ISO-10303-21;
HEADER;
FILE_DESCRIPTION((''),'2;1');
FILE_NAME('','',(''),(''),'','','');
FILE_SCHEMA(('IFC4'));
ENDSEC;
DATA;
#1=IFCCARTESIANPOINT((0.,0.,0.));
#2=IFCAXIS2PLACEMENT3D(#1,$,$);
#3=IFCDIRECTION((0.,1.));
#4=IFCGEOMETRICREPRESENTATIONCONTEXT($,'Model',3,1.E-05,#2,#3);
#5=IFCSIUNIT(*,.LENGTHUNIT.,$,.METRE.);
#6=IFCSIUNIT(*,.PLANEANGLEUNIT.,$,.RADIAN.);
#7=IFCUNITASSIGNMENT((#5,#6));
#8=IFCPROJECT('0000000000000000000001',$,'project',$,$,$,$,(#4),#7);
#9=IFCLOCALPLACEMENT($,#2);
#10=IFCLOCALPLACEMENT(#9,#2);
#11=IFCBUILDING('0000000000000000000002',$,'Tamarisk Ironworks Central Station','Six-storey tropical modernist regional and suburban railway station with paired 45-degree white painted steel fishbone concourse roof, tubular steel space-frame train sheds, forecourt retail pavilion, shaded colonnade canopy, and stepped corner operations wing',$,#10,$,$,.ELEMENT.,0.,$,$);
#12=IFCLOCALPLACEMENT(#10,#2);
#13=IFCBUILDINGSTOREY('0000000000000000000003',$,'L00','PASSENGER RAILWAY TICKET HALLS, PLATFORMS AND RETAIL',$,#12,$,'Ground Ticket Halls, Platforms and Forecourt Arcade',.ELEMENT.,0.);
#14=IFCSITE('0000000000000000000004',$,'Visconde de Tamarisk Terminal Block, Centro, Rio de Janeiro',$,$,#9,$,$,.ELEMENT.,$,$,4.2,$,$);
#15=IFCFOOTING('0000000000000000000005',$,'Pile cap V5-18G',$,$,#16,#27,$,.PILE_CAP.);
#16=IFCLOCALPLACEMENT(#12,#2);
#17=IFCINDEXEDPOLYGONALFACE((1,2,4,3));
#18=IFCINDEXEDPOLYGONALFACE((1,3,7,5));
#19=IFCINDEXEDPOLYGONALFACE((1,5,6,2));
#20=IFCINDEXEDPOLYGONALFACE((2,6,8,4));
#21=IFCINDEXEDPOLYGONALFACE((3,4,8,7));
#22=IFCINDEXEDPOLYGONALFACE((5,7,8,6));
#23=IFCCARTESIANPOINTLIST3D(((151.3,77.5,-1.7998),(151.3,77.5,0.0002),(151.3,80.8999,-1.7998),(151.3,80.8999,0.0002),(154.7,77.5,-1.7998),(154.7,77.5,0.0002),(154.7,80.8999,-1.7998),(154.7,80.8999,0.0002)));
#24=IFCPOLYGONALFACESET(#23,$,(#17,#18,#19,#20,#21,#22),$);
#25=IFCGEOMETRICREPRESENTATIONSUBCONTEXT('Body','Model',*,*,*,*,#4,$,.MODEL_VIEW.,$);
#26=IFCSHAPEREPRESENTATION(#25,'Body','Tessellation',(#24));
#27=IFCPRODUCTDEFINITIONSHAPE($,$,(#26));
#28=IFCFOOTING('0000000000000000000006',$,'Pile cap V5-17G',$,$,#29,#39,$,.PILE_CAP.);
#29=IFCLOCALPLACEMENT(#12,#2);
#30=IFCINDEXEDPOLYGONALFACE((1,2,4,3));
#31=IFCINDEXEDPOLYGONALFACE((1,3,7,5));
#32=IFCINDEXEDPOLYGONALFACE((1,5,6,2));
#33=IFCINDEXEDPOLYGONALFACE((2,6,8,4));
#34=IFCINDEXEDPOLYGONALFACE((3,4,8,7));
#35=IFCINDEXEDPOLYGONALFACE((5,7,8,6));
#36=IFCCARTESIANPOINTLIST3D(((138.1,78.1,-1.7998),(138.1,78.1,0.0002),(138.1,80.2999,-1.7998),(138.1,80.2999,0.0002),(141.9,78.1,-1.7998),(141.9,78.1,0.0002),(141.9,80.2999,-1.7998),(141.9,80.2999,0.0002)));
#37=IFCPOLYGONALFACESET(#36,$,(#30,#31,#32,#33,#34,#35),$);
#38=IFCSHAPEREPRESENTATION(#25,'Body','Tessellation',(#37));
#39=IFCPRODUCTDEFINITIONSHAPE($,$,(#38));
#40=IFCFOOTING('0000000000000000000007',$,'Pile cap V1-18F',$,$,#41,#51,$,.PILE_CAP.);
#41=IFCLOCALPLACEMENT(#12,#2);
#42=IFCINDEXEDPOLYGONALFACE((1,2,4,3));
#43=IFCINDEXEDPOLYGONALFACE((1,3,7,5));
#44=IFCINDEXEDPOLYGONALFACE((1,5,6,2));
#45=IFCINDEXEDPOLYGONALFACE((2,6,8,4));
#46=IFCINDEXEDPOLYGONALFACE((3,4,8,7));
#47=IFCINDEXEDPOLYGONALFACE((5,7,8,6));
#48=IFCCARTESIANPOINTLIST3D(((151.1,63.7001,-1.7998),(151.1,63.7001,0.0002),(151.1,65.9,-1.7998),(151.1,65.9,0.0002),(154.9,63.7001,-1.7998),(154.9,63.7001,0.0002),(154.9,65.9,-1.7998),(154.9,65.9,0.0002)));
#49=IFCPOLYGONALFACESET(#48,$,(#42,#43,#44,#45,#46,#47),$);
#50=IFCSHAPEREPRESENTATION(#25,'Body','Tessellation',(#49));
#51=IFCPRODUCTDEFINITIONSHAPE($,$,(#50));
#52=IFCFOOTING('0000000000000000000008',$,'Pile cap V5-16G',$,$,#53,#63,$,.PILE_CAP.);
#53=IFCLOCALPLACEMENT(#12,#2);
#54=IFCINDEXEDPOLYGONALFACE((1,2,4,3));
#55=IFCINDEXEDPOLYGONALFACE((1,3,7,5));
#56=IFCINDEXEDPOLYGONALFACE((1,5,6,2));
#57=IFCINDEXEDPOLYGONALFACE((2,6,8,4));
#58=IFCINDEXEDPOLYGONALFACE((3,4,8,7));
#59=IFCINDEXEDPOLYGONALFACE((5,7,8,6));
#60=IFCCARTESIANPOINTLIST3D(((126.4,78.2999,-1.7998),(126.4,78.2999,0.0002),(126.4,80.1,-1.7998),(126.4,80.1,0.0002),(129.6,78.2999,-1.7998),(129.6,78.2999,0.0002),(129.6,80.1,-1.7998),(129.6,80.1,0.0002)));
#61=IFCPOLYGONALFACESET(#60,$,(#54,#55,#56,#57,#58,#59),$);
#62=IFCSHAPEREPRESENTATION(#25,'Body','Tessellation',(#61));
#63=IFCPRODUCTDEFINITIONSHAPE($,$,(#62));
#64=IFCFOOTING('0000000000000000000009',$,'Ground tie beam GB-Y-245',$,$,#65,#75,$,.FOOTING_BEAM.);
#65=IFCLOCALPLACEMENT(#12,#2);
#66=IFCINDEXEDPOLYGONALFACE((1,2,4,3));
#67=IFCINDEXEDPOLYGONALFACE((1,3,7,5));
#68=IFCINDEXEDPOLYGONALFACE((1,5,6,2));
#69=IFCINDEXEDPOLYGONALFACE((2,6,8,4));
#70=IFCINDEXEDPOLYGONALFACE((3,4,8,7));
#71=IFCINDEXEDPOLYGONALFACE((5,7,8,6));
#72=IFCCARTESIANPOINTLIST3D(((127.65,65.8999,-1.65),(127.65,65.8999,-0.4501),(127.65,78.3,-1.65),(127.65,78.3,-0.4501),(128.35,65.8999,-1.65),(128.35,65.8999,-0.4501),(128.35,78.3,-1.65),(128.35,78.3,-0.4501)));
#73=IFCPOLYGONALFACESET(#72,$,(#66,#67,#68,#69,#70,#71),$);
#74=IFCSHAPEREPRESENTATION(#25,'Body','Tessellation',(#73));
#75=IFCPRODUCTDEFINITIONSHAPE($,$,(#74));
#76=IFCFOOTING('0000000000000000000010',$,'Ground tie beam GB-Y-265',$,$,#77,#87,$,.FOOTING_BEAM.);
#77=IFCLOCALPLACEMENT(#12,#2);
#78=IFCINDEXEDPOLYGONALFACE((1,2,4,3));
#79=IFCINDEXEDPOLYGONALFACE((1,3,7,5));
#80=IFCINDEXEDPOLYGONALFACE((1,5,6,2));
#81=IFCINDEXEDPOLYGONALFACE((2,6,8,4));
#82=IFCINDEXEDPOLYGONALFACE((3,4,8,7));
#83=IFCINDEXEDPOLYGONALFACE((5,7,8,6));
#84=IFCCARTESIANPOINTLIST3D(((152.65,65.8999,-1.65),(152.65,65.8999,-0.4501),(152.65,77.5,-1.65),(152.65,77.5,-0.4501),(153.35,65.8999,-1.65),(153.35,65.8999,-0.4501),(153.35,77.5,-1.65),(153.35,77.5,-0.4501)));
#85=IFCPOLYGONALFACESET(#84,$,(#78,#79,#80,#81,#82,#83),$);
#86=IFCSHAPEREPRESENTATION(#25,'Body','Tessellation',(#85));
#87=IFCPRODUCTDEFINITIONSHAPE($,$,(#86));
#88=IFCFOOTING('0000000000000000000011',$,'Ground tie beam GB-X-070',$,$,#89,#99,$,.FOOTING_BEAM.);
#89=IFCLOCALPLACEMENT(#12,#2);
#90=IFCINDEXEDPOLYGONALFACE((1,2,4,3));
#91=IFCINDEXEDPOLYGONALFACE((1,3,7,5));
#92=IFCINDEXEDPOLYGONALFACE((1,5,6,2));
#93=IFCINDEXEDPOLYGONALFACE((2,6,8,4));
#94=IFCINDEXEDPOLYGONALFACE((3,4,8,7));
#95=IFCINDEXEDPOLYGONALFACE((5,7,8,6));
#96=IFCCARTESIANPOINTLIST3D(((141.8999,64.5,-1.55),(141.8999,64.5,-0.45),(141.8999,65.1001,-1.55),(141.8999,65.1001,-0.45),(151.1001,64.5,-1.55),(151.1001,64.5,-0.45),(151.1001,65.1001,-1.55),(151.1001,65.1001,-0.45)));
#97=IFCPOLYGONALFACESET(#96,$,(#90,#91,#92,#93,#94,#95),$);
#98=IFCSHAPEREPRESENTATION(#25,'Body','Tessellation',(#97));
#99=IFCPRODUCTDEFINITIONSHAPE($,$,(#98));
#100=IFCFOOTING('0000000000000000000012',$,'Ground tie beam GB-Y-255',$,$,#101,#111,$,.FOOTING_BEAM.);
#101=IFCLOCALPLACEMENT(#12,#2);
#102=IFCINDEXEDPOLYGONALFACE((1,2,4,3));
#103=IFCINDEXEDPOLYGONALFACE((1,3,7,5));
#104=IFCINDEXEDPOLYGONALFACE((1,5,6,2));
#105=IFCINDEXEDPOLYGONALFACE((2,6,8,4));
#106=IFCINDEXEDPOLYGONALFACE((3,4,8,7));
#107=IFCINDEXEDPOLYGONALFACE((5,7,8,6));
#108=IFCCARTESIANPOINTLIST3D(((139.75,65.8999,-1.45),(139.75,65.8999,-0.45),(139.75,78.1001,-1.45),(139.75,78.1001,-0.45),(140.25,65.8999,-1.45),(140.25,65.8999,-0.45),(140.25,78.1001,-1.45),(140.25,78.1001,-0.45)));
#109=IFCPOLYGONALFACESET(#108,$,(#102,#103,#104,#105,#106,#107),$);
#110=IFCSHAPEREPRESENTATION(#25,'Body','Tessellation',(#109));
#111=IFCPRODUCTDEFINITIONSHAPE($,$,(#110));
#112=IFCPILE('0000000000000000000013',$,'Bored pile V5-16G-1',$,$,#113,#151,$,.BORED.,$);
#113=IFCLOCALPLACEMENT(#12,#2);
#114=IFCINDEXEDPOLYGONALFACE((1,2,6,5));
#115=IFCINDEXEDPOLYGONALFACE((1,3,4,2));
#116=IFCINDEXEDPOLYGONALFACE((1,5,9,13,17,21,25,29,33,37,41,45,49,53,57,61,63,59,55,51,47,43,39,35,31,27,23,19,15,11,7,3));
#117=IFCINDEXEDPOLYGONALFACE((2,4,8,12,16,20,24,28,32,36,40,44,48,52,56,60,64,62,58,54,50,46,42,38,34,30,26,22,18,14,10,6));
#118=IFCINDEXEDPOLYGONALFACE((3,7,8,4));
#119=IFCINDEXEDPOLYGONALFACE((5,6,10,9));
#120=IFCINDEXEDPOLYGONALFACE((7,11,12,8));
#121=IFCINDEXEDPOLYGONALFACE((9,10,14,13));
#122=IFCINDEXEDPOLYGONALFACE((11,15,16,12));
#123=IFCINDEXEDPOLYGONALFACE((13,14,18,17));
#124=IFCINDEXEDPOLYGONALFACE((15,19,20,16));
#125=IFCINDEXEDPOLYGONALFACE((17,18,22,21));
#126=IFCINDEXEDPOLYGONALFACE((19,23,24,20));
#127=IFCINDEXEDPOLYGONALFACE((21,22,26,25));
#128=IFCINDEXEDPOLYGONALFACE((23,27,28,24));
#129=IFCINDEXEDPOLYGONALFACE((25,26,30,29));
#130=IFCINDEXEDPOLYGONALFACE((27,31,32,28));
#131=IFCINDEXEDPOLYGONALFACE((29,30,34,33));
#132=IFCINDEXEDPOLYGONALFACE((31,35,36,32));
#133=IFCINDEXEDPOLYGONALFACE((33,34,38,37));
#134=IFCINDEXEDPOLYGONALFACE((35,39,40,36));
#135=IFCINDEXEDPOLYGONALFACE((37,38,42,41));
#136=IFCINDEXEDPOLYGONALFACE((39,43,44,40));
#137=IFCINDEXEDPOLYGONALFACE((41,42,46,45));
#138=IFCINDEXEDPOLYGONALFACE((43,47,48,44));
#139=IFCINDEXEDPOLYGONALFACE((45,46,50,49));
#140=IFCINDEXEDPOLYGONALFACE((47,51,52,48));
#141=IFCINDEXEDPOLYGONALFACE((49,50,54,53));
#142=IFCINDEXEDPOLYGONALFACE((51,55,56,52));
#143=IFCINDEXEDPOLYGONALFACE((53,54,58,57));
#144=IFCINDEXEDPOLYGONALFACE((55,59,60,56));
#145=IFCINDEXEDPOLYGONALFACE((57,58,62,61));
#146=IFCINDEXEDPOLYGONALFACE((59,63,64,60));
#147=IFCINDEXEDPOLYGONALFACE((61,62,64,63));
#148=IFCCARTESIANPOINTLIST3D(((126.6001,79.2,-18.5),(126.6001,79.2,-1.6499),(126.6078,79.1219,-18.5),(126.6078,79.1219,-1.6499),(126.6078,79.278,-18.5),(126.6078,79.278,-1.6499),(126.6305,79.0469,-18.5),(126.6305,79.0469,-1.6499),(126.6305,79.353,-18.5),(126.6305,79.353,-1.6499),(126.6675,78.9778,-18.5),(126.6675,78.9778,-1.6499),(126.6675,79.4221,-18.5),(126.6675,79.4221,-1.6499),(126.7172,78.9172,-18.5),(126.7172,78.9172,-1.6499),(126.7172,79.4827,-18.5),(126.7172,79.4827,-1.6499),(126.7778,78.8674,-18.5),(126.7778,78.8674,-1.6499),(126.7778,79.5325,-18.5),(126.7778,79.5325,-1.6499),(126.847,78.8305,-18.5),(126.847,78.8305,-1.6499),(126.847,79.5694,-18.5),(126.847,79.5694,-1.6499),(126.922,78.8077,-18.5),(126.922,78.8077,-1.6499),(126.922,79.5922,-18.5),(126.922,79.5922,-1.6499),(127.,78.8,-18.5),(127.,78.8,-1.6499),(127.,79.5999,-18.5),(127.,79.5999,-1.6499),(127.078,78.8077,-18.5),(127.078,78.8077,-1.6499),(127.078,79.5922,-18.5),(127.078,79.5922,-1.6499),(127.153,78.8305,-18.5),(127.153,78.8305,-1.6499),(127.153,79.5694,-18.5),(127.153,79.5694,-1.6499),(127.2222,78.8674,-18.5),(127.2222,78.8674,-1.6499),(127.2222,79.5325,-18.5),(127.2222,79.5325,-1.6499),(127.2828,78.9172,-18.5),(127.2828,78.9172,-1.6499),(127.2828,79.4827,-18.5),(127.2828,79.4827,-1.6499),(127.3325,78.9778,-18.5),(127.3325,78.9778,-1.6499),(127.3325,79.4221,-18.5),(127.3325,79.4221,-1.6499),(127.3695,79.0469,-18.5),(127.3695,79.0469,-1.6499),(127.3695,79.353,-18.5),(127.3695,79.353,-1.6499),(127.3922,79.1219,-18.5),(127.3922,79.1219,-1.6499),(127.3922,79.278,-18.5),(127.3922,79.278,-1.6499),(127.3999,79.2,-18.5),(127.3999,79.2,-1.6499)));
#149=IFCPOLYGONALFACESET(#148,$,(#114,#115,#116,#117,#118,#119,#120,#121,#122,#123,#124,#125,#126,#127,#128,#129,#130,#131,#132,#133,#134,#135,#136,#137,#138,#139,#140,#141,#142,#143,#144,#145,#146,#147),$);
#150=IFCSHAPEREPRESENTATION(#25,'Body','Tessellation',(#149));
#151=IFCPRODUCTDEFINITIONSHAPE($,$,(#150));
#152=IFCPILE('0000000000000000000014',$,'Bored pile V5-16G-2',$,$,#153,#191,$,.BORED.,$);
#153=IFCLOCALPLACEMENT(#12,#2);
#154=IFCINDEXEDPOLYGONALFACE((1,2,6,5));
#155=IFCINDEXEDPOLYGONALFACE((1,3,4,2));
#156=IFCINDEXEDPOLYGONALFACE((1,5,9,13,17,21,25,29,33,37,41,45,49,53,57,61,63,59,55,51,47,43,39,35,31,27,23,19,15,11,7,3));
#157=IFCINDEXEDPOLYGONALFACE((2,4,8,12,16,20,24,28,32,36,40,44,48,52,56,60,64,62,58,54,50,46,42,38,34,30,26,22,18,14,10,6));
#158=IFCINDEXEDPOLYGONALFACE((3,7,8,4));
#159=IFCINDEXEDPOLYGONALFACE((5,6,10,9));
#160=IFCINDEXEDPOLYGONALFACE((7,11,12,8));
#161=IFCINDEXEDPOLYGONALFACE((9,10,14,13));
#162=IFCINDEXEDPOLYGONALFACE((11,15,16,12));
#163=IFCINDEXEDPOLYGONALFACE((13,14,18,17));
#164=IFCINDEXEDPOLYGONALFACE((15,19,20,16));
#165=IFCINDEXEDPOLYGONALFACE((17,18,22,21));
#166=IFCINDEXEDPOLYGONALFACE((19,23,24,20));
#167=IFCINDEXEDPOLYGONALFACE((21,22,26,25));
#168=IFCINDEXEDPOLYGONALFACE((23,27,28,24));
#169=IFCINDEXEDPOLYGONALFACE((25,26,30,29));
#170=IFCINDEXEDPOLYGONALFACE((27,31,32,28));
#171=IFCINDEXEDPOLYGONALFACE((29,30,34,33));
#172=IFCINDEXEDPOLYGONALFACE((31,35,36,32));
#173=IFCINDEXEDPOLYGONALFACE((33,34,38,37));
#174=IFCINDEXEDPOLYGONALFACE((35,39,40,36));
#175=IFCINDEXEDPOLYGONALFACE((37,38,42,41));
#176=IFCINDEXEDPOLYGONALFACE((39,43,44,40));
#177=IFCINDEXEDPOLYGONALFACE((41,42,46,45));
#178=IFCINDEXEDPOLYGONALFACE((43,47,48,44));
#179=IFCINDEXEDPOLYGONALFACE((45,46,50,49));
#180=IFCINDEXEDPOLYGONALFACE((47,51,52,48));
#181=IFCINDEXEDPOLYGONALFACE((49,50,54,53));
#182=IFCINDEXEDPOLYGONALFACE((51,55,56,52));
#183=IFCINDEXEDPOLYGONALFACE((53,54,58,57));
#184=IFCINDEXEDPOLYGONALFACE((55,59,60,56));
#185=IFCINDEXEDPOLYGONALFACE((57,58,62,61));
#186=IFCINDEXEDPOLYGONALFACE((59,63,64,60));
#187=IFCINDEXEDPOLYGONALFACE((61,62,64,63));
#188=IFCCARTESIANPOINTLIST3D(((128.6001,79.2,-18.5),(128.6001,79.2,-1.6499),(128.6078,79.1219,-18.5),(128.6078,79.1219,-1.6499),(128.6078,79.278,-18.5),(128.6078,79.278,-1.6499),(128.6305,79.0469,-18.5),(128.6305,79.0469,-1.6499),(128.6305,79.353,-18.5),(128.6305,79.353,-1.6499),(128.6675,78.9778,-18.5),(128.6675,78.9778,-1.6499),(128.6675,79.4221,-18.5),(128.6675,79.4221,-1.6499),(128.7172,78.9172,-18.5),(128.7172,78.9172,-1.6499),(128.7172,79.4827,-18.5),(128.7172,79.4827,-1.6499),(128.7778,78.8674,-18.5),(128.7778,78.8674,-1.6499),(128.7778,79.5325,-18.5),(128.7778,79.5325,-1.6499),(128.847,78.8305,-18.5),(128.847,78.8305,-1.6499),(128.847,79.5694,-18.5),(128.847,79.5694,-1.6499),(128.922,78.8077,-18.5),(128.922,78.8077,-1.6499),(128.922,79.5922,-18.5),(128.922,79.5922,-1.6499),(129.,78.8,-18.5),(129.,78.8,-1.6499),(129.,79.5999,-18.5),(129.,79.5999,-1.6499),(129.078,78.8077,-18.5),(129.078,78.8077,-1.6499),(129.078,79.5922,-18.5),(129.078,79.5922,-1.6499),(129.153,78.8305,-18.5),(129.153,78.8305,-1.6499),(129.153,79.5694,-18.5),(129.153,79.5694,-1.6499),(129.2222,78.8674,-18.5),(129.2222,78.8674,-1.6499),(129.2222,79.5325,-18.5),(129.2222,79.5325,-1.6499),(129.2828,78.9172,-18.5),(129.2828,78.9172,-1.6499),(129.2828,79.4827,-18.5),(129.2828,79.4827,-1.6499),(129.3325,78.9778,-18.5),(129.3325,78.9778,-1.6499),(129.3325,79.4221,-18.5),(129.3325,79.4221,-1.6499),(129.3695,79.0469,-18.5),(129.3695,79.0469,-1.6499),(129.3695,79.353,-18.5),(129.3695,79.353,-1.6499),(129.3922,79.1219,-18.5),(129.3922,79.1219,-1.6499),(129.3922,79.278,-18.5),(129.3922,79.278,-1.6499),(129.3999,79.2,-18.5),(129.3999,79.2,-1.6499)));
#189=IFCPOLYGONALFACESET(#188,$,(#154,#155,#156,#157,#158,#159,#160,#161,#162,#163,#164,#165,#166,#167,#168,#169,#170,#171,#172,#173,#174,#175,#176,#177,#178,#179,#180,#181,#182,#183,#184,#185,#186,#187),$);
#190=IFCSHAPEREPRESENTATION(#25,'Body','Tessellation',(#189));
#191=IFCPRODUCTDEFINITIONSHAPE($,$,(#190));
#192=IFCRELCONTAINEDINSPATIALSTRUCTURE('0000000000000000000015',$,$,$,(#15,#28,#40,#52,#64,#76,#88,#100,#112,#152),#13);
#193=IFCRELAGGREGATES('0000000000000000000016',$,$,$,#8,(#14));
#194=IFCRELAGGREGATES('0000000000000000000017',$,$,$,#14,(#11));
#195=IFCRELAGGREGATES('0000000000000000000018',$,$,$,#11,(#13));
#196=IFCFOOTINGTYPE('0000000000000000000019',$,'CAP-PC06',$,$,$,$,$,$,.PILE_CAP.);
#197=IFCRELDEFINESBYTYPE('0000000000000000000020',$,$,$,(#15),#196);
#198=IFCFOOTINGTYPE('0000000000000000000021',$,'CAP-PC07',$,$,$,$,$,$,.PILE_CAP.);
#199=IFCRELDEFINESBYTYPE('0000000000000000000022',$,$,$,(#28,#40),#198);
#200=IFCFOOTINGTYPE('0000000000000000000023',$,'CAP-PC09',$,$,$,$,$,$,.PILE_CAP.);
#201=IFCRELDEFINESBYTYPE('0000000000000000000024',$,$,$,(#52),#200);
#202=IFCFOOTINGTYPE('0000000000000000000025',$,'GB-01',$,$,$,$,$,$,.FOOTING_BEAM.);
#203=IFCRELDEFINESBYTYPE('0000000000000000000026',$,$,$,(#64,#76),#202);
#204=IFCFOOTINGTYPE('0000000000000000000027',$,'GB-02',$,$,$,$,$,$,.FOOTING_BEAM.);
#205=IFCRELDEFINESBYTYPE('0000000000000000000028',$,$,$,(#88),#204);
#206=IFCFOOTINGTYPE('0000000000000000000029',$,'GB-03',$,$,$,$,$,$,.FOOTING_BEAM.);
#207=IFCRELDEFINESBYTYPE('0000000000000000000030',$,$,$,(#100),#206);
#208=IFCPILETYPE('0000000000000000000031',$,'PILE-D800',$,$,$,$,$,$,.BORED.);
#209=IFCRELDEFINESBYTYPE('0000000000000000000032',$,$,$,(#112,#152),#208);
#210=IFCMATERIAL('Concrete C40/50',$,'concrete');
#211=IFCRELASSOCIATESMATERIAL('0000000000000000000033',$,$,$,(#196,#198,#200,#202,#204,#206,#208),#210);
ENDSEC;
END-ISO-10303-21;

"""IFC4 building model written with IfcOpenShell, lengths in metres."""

from ifc_helpers import new_model, si_unit, direction, frame, origin, origin_2d, place, context, subcontext, project, spatial, rectangle, circle, extrude, material, material_profile, profile_set, type_object, element, save


model = new_model("IFC4")

# Units and contexts
model_context = context("Model", 3, precision=1e-05, world=origin(), true_north=direction((0.0, 1.0)))
body_context = subcontext(model_context, "Body", "Model", "MODEL_VIEW")
ifc_project = project(units=[si_unit("LENGTHUNIT", "METRE"), si_unit("PLANEANGLEUNIT", "RADIAN")], contexts=[model_context])

# Site, building, storey
site_placement = place(None, origin())
site = spatial("IfcSite", under=ifc_project, at=site_placement, Name="Visconde de Tamarisk Terminal Block, Centro, Rio de Janeiro", CompositionType="ELEMENT", RefElevation=4.2)
building_placement = place(site_placement, origin())
building = spatial("IfcBuilding", under=site, at=building_placement, Name="Tamarisk Ironworks Central Station", Description="Six-storey tropical modernist regional and suburban railway station with paired 45-degree white painted steel fishbone concourse roof, tubular steel space-frame train sheds, forecourt retail pavilion, shaded colonnade canopy, and stepped corner operations wing", CompositionType="ELEMENT", ElevationOfRefHeight=0.0)
storey_placement = place(building_placement, origin())
storey = spatial("IfcBuildingStorey", under=building, at=storey_placement, Name="L00", Description="PASSENGER RAILWAY TICKET HALLS, PLATFORMS AND RETAIL", LongName="Ground Ticket Halls, Platforms and Forecourt Arcade", CompositionType="ELEMENT", Elevation=0.0)

# Footings
ifc_material_1 = material(Name="Concrete C40/50", Category="concrete")
footing_type_1 = type_object("IfcFootingType", Name="CAP-PC06", PredefinedType="PILE_CAP", material=ifc_material_1)
footing_1_placement = place(storey_placement, frame((153.0, 79.2, -1.7998), z_axis=(0.0, 0.0, 1.0), x_axis=(1.0, 0.0, 0.0)))
element("IfcFooting", 1, at=footing_1_placement, inside=storey, type_object=footing_type_1, Name="Pile cap V5-18G", PredefinedType="PILE_CAP", context=body_context, shape_type="SweptSolid", body=[
    extrude(rectangle(XDim=3.3999, YDim=3.3999, at=origin_2d()), origin(), (0.0, 0.0, 1.0), 1.8),
])
footing_type_2 = type_object("IfcFootingType", Name="CAP-PC07", PredefinedType="PILE_CAP", material=ifc_material_1)
for number, where, z_axis, x_axis, name in (
    (2, (140.0, 79.2, -1.7998), (0.0, 0.0, 1.0), (1.0, 0.0, 0.0), "Pile cap V5-17G"),
    (3, (153.0, 64.8, -1.7998), (0.0, 0.0, 1.0), (1.0, 0.0, 0.0), "Pile cap V1-18F"),
):
    element("IfcFooting", number, at=place(storey_placement, frame(where, z_axis=z_axis, x_axis=x_axis)), inside=storey, type_object=footing_type_2, Name=name, PredefinedType="PILE_CAP", context=body_context, shape_type="SweptSolid", body=[
        extrude(rectangle(XDim=3.8, YDim=2.2, at=origin_2d()), origin(), (0.0, 0.0, 1.0), 1.8),
    ])
footing_type_3 = type_object("IfcFootingType", Name="CAP-PC09", PredefinedType="PILE_CAP", material=ifc_material_1)
footing_2_placement = place(storey_placement, frame((128.0, 79.2, -1.7998), z_axis=(0.0, 0.0, 1.0), x_axis=(1.0, 0.0, 0.0)))
element("IfcFooting", 4, at=footing_2_placement, inside=storey, type_object=footing_type_3, Name="Pile cap V5-16G", PredefinedType="PILE_CAP", context=body_context, shape_type="SweptSolid", body=[
    extrude(rectangle(XDim=3.2, YDim=1.8, at=origin_2d()), origin(), (0.0, 0.0, 1.0), 1.8),
])
ifc_material_profile_1 = material_profile(ifc_material_1, rectangle(XDim=0.7, YDim=1.2, at=origin_2d()), Name="GB01 700x1200")
ifc_profile_set_1 = profile_set([ifc_material_profile_1], Name="Concrete C40/50")
footing_type_4 = type_object("IfcFootingType", Name="GB-01", PredefinedType="FOOTING_BEAM", material=ifc_profile_set_1)
footing_3_placement = place(storey_placement, frame((128.0, 65.8999, -1.05), z_axis=(0.0, 1.0, 0.0), x_axis=(-1.0, 0.0, 0.0)))
element("IfcFooting", 5, at=footing_3_placement, inside=storey, type_object=footing_type_4, Name="Ground tie beam GB-Y-245", PredefinedType="FOOTING_BEAM", context=body_context, shape_type="SweptSolid", body=[
    extrude(rectangle(XDim=0.7, YDim=1.2, at=origin_2d()), origin(), (0.0, 0.0, 1.0), 12.4001),
])
footing_4_placement = place(storey_placement, frame((153.0, 65.8999, -1.05), z_axis=(0.0, 1.0, 0.0), x_axis=(-1.0, 0.0, 0.0)))
element("IfcFooting", 6, at=footing_4_placement, inside=storey, type_object=footing_type_4, Name="Ground tie beam GB-Y-265", PredefinedType="FOOTING_BEAM", context=body_context, shape_type="SweptSolid", body=[
    extrude(rectangle(XDim=0.7, YDim=1.2, at=origin_2d()), origin(), (0.0, 0.0, 1.0), 11.6001),
])
ifc_material_profile_2 = material_profile(ifc_material_1, rectangle(XDim=0.6001, YDim=1.1001, at=origin_2d()), Name="GB02 600x1100")
ifc_profile_set_2 = profile_set([ifc_material_profile_2], Name="Concrete C40/50")
footing_type_5 = type_object("IfcFootingType", Name="GB-02", PredefinedType="FOOTING_BEAM", material=ifc_profile_set_2)
footing_5_placement = place(storey_placement, frame((141.8999, 64.8, -1.0), z_axis=(1.0, 0.0, 0.0), x_axis=(0.0, 1.0, 0.0)))
element("IfcFooting", 7, at=footing_5_placement, inside=storey, type_object=footing_type_5, Name="Ground tie beam GB-X-070", PredefinedType="FOOTING_BEAM", context=body_context, shape_type="SweptSolid", body=[
    extrude(rectangle(XDim=0.6001, YDim=1.1001, at=origin_2d()), origin(), (0.0, 0.0, 1.0), 9.2002),
])
ifc_material_profile_3 = material_profile(ifc_material_1, rectangle(XDim=0.5, YDim=1.0, at=origin_2d()), Name="GB03 500x1000")
ifc_profile_set_3 = profile_set([ifc_material_profile_3], Name="Concrete C40/50")
footing_type_6 = type_object("IfcFootingType", Name="GB-03", PredefinedType="FOOTING_BEAM", material=ifc_profile_set_3)
footing_6_placement = place(storey_placement, frame((140.0, 65.8999, -0.95), z_axis=(0.0, 1.0, 0.0), x_axis=(-1.0, 0.0, 0.0)))
element("IfcFooting", 8, at=footing_6_placement, inside=storey, type_object=footing_type_6, Name="Ground tie beam GB-Y-255", PredefinedType="FOOTING_BEAM", context=body_context, shape_type="SweptSolid", body=[
    extrude(rectangle(XDim=0.5, YDim=1.0, at=origin_2d()), origin(), (0.0, 0.0, 1.0), 12.2002),
])

# Piles
ifc_material_profile_4 = material_profile(ifc_material_1, circle(Radius=0.3999, at=origin_2d()), Name="BORED PILE D800")
ifc_profile_set_4 = profile_set([ifc_material_profile_4], Name="Concrete C40/50")
pile_type_1 = type_object("IfcPileType", Name="PILE-D800", PredefinedType="BORED", material=ifc_profile_set_4)
for number, where, z_axis, x_axis, name in (
    (9, (127.0, 79.2, -1.6499), (0.0, 0.0, -1.0), (1.0, 0.0, 0.0), "Bored pile V5-16G-1"),
    (10, (129.0, 79.2, -1.6499), (0.0, 0.0, -1.0), (1.0, 0.0, 0.0), "Bored pile V5-16G-2"),
):
    element("IfcPile", number, at=place(storey_placement, frame(where, z_axis=z_axis, x_axis=x_axis)), inside=storey, type_object=pile_type_1, Name=name, PredefinedType="BORED", context=body_context, shape_type="SweptSolid", body=[
        extrude(circle(Radius=0.3999, at=origin_2d()), origin(), (0.0, 0.0, 1.0), 16.8501),
    ])

save(model, "model.ifc")
